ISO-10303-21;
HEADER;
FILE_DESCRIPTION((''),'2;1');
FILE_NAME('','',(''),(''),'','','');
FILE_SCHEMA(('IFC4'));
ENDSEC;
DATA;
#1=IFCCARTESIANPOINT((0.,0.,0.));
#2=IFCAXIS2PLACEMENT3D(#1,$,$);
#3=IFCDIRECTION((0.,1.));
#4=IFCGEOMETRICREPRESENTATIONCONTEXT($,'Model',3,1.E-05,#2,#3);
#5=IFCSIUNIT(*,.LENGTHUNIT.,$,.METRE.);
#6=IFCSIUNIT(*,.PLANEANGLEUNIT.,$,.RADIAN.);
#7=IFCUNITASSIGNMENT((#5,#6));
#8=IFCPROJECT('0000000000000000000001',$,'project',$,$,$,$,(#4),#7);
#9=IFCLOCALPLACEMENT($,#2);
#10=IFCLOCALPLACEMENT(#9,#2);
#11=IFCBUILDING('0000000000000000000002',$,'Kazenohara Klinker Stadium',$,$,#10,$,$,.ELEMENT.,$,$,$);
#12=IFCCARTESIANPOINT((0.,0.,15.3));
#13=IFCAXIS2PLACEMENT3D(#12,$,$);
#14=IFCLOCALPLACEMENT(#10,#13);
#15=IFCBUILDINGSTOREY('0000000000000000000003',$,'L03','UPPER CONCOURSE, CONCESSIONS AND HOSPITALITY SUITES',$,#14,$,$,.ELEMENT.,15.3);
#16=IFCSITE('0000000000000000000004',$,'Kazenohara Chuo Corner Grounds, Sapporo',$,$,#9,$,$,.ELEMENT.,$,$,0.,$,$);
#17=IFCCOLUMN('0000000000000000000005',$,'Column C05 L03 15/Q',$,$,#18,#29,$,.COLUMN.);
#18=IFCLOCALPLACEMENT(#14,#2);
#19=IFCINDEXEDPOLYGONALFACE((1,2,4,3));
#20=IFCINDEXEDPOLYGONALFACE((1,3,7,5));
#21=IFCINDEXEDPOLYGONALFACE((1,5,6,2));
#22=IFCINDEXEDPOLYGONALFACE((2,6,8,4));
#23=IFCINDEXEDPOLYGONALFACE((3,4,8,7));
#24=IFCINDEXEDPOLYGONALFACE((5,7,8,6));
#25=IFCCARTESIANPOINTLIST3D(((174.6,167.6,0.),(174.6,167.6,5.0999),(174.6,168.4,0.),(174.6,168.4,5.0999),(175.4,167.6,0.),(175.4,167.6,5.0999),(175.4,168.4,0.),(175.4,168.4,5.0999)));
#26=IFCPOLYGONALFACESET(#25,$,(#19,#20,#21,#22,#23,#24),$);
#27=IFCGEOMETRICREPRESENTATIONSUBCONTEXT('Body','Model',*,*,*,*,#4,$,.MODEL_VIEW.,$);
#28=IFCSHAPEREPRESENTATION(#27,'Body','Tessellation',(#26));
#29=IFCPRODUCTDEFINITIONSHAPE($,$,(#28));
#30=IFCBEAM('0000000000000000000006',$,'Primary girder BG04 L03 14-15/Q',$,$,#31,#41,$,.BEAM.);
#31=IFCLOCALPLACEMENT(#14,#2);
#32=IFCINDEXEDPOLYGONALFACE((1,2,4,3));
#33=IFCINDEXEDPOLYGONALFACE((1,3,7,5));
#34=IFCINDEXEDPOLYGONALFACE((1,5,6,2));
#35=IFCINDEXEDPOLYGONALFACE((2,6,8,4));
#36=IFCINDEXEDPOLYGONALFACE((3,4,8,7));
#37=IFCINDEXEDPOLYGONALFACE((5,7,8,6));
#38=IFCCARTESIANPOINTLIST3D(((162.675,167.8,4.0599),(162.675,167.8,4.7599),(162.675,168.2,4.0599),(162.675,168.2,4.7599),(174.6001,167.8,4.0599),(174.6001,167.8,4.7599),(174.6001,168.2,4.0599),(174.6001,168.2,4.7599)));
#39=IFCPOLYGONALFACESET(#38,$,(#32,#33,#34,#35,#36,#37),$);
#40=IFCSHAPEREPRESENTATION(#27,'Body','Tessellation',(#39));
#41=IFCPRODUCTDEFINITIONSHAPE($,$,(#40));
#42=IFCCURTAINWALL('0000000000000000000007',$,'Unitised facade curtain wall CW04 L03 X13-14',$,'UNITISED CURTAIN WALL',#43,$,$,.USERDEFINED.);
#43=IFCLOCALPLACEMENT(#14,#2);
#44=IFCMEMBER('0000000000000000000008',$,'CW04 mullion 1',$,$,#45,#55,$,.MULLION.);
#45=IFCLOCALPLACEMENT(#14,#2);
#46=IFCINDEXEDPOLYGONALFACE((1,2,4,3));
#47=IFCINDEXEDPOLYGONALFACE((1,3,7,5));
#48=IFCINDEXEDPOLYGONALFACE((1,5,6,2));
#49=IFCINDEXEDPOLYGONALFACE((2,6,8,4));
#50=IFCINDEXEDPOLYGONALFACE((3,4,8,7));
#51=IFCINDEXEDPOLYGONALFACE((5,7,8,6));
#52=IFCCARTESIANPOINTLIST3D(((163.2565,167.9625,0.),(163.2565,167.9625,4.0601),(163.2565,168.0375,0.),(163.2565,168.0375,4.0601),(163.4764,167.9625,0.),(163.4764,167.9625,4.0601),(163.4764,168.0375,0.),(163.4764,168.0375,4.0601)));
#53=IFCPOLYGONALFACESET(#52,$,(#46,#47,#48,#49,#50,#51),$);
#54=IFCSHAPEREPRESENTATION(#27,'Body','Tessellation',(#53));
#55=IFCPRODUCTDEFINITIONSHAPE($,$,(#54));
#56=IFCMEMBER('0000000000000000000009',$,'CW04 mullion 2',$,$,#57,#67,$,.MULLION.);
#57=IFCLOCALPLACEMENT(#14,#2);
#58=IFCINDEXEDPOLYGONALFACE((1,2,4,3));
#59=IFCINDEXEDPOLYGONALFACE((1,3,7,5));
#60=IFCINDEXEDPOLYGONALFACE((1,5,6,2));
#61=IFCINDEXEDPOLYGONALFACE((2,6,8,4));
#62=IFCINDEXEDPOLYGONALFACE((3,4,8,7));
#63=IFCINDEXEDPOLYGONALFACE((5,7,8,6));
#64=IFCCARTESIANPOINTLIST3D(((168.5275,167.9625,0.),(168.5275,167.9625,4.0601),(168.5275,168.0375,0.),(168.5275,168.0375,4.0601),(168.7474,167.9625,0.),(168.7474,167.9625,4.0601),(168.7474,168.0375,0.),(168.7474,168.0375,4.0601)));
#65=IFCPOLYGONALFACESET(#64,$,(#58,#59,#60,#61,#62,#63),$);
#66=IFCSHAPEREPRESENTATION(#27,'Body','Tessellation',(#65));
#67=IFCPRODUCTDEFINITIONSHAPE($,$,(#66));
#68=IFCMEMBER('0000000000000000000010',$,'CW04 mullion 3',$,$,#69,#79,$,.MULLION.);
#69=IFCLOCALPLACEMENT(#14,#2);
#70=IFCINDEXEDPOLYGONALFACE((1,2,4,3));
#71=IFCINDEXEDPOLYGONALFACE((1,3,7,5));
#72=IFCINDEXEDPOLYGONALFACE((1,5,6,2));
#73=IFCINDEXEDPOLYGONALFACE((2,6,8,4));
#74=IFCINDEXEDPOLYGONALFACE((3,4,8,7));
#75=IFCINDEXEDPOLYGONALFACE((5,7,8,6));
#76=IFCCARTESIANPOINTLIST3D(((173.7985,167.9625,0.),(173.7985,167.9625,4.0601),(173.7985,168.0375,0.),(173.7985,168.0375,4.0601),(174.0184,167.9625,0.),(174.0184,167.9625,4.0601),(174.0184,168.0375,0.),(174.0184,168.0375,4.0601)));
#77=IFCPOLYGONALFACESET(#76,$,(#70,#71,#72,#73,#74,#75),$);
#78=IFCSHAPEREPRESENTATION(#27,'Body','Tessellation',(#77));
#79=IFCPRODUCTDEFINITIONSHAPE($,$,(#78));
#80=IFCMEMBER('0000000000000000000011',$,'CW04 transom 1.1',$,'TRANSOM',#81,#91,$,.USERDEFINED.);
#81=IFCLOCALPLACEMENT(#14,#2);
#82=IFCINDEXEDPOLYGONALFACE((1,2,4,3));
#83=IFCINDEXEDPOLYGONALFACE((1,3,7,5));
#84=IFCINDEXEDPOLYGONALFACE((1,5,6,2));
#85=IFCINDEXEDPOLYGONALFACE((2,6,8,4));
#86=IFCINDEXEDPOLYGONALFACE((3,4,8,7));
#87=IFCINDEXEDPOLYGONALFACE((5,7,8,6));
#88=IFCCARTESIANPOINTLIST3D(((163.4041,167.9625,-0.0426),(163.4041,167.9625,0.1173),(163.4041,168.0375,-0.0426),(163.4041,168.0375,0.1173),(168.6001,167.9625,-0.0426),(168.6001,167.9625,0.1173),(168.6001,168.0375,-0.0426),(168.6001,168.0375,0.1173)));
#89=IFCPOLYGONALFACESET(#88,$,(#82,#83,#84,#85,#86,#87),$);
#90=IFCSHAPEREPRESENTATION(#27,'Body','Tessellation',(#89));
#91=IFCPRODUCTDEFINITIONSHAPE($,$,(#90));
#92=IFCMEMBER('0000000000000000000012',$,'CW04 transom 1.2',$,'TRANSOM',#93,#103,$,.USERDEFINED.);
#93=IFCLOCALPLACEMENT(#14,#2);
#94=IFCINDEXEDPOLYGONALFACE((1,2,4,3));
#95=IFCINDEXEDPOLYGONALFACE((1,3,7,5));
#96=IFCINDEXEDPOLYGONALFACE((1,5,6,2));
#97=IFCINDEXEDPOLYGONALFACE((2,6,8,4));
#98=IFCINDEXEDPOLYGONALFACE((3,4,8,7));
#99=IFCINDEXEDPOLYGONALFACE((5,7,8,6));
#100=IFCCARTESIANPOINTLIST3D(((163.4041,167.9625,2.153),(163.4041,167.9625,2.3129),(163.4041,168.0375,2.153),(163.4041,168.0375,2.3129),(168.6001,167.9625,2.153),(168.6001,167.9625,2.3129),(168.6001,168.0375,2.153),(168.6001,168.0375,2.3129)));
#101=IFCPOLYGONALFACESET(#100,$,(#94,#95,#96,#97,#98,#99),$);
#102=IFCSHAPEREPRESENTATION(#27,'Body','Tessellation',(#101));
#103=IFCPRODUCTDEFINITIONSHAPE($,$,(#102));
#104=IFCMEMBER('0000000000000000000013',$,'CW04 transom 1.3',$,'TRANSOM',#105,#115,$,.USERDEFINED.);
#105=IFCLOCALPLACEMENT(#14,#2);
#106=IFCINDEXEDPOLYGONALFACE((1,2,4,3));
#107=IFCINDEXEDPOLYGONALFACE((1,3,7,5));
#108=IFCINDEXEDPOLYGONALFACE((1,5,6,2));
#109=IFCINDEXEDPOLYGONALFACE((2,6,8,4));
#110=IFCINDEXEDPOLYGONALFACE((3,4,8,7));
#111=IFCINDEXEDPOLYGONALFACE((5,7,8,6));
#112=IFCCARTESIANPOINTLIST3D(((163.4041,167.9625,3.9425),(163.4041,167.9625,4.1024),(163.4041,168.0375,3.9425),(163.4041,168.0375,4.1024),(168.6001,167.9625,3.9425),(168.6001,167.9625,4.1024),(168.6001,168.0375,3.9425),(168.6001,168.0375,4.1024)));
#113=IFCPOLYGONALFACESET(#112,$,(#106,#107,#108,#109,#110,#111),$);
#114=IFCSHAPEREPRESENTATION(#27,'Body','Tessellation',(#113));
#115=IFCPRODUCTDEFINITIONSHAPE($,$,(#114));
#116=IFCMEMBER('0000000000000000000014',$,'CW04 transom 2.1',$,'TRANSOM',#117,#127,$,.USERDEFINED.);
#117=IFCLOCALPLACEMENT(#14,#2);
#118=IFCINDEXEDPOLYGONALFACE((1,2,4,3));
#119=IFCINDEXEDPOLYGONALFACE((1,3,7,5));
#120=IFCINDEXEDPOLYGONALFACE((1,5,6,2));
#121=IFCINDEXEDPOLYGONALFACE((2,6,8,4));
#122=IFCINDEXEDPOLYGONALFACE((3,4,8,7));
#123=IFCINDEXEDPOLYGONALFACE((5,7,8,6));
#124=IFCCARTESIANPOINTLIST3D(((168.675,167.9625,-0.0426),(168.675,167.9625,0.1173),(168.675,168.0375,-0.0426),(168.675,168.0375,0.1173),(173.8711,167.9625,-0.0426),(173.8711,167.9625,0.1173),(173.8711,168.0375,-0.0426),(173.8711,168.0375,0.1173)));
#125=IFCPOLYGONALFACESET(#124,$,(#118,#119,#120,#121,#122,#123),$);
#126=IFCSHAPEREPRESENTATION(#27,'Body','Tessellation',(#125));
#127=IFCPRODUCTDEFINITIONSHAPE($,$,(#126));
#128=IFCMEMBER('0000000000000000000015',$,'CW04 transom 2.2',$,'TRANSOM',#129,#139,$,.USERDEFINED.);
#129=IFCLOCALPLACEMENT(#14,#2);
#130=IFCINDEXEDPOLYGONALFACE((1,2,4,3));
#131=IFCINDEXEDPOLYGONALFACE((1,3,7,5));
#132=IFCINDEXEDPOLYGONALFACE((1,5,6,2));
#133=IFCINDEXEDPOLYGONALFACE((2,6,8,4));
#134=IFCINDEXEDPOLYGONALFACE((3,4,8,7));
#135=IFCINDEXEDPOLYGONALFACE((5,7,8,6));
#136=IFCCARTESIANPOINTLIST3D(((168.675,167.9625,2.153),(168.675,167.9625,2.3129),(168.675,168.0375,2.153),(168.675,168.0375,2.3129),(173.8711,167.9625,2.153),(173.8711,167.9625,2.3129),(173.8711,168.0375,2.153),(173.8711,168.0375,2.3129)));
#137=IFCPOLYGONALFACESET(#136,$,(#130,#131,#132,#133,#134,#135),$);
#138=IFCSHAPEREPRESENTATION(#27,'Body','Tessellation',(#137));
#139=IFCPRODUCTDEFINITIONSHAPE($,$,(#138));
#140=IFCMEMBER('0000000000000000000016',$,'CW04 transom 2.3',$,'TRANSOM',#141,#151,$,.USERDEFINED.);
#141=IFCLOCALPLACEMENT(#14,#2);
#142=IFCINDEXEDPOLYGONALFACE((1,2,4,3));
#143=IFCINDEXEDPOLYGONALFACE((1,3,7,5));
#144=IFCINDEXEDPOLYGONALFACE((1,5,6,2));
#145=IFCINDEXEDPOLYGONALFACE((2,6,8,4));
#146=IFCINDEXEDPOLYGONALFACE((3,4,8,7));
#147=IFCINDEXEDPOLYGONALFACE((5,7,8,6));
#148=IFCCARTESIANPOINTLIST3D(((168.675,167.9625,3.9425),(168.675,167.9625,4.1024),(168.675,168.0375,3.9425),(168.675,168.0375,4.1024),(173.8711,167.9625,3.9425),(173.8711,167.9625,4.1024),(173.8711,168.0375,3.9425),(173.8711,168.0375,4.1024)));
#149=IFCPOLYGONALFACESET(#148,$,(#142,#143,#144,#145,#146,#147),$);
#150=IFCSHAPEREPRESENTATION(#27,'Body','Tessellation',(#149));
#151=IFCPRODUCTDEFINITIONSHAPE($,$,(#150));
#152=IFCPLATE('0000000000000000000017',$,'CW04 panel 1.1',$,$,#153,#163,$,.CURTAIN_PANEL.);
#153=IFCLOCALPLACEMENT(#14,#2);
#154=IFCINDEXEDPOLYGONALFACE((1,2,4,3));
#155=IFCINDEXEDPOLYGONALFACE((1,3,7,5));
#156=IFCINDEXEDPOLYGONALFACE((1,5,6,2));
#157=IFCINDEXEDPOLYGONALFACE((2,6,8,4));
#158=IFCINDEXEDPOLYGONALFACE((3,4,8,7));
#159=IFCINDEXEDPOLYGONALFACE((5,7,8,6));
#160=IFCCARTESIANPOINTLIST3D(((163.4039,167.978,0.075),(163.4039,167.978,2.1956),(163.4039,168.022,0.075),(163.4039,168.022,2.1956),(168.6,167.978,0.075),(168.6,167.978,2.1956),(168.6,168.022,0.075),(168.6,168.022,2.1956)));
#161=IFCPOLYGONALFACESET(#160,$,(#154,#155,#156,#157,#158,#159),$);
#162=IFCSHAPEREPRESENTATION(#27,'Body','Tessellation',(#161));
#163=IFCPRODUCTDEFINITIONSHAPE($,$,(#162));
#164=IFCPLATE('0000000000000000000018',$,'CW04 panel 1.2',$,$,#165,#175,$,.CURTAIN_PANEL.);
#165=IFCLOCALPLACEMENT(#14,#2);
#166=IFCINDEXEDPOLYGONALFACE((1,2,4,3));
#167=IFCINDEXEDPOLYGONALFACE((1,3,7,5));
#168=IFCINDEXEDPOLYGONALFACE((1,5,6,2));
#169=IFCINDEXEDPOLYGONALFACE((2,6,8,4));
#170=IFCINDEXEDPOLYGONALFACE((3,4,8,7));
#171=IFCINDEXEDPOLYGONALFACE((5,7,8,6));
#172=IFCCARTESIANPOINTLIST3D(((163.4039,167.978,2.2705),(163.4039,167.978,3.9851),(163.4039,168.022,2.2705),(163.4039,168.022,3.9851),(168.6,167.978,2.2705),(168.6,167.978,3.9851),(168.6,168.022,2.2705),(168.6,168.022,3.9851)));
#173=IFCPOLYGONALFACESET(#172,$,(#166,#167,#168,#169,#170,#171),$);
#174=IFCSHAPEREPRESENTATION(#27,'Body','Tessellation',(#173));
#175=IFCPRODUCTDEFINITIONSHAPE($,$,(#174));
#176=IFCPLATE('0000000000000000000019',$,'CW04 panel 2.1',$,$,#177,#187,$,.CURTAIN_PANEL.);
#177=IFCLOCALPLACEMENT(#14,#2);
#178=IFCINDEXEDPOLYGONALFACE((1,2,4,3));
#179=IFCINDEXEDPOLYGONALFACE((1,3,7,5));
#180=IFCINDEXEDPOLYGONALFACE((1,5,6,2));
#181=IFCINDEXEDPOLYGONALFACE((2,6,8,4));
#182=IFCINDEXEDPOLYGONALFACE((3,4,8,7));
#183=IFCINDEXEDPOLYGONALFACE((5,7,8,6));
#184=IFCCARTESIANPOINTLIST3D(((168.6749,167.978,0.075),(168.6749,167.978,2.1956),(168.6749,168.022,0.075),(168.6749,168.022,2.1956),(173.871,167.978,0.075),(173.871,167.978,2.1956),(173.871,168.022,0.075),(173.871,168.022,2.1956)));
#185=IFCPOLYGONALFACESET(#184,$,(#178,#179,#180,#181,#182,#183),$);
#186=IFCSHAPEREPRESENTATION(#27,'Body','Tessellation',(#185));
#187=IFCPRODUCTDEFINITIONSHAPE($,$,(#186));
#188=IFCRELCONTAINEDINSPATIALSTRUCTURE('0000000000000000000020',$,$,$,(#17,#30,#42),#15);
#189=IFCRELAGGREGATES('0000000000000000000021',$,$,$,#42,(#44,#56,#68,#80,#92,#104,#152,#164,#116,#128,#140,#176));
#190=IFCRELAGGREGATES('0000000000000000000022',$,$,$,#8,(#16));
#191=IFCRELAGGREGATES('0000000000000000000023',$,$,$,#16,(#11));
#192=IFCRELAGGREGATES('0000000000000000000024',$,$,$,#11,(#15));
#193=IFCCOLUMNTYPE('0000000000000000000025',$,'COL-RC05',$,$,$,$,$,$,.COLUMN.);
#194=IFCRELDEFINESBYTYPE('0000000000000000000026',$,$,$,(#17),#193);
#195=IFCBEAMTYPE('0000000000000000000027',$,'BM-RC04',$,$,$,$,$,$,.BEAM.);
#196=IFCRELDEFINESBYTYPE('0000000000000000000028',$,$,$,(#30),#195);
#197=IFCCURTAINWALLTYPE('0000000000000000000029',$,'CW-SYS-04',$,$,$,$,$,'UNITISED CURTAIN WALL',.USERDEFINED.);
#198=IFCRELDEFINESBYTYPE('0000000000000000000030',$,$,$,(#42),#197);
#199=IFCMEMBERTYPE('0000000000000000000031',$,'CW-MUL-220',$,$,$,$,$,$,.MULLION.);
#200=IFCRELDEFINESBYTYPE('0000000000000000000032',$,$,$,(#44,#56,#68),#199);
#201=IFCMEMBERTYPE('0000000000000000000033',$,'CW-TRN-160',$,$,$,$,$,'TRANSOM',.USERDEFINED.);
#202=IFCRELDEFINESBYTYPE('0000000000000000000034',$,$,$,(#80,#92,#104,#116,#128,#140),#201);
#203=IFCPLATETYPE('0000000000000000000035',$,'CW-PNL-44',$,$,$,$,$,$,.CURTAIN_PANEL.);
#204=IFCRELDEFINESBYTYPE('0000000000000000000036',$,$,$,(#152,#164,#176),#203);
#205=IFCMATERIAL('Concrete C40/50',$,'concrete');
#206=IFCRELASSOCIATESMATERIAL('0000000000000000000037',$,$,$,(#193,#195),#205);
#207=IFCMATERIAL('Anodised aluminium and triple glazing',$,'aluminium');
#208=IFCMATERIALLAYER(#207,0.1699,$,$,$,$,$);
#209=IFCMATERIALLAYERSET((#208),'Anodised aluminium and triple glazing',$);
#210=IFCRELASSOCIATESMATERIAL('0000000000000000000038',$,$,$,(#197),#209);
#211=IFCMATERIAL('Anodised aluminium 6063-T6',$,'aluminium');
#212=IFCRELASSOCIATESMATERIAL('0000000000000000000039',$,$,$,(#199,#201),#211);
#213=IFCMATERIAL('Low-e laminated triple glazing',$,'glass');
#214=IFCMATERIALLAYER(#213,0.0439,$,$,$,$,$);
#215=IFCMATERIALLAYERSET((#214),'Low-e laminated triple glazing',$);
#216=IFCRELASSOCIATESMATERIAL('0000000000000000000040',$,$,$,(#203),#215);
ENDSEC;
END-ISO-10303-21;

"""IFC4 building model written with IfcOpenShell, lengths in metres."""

from ifc_helpers import new_model, si_unit, direction, frame, origin, origin_2d, place, context, subcontext, project, spatial, rectangle, extrude, material, layer, layer_set, material_profile, profile_set, type_object, element, aggregate, save


model = new_model("IFC4")

# Units and contexts
model_context = context("Model", 3, precision=1e-05, world=origin(), true_north=direction((0.0, 1.0)))
body_context = subcontext(model_context, "Body", "Model", "MODEL_VIEW")
ifc_project = project(units=[si_unit("LENGTHUNIT", "METRE"), si_unit("PLANEANGLEUNIT", "RADIAN")], contexts=[model_context])

# Site, building, storey
site_placement = place(None, origin())
site = spatial("IfcSite", under=ifc_project, at=site_placement, Name="Kazenohara Chuo Corner Grounds, Sapporo", CompositionType="ELEMENT", RefElevation=0.0)
building_placement = place(site_placement, origin())
building = spatial("IfcBuilding", under=site, at=building_placement, Name="Kazenohara Klinker Stadium", CompositionType="ELEMENT")
storey_placement = place(building_placement, frame((0.0, 0.0, 15.3)))
storey = spatial("IfcBuildingStorey", under=building, at=storey_placement, Name="L03", Description="UPPER CONCOURSE, CONCESSIONS AND HOSPITALITY SUITES", CompositionType="ELEMENT", Elevation=15.3)

# Column
ifc_material_1 = material(Name="Concrete C40/50", Category="concrete")
ifc_material_profile_1 = material_profile(ifc_material_1, rectangle(XDim=0.8, YDim=0.8, at=origin_2d()), Name="RC-COL-800x800")
ifc_profile_set_1 = profile_set([ifc_material_profile_1], Name="Concrete C40/50")
column_type = type_object("IfcColumnType", Name="COL-RC05", PredefinedType="COLUMN", material=ifc_profile_set_1)
column_placement = place(storey_placement, frame((175.0, 168.0, 0.0), z_axis=(0.0, 0.0, 1.0), x_axis=(1.0, 0.0, 0.0)))
element("IfcColumn", 1, at=column_placement, inside=storey, type_object=column_type, Name="Column C05 L03 15/Q", PredefinedType="COLUMN", context=body_context, shape_type="SweptSolid", body=[
    extrude(rectangle(XDim=0.8, YDim=0.8, at=origin_2d()), origin(), (0.0, 0.0, 1.0), 5.0999),
])

# Beam
ifc_material_profile_2 = material_profile(ifc_material_1, rectangle(XDim=0.3999, YDim=0.7, at=origin_2d()), Name="RC-BM-400x700")
ifc_profile_set_2 = profile_set([ifc_material_profile_2], Name="Concrete C40/50")
beam_type = type_object("IfcBeamType", Name="BM-RC04", PredefinedType="BEAM", material=ifc_profile_set_2)
beam_placement = place(storey_placement, frame((162.675, 168.0, 4.4099), z_axis=(1.0, 0.0, 0.0), x_axis=(0.0, 1.0, 0.0)))
element("IfcBeam", 2, at=beam_placement, inside=storey, type_object=beam_type, Name="Primary girder BG04 L03 14-15/Q", PredefinedType="BEAM", context=body_context, shape_type="SweptSolid", body=[
    extrude(rectangle(XDim=0.3999, YDim=0.7, at=origin_2d()), origin(), (0.0, 0.0, 1.0), 11.925),
])

# Curtain wall, members, plates
ifc_material_2 = material(Name="Anodised aluminium and triple glazing", Category="aluminium")
ifc_layer_1 = layer(ifc_material_2, 0.1699)
ifc_layer_set_1 = layer_set([ifc_layer_1], Name="Anodised aluminium and triple glazing")
curtain_wall_type = type_object("IfcCurtainWallType", Name="CW-SYS-04", ElementType="UNITISED CURTAIN WALL", PredefinedType="USERDEFINED", material=ifc_layer_set_1)
curtain_wall_placement = place(storey_placement, origin())
curtain_wall = element("IfcCurtainWall", 3, at=curtain_wall_placement, inside=storey, type_object=curtain_wall_type, Name="Unitised facade curtain wall CW04 L03 X13-14", ObjectType="UNITISED CURTAIN WALL", PredefinedType="USERDEFINED")
ifc_material_3 = material(Name="Anodised aluminium 6063-T6", Category="aluminium")
ifc_material_profile_3 = material_profile(ifc_material_3, rectangle(XDim=0.075, YDim=0.22, at=origin_2d()), Name="ALU-MUL-75x220")
ifc_profile_set_3 = profile_set([ifc_material_profile_3], Name="Anodised aluminium 6063-T6")
member_type_1 = type_object("IfcMemberType", Name="CW-MUL-220", PredefinedType="MULLION", material=ifc_profile_set_3)
member_1_placement = place(storey_placement, frame((163.3665, 168.0, 0.0), z_axis=(0.0, 0.0, 1.0), x_axis=(0.0, 1.0, 0.0)))
member_1 = element("IfcMember", 4, at=member_1_placement, type_object=member_type_1, Name="CW04 mullion 1", PredefinedType="MULLION", context=body_context, shape_type="SweptSolid", body=[
    extrude(rectangle(XDim=0.075, YDim=0.22, at=origin_2d()), origin(), (0.0, 0.0, 1.0), 4.0601),
])
member_2_placement = place(storey_placement, frame((168.6375, 168.0, 0.0), z_axis=(0.0, 0.0, 1.0), x_axis=(0.0, 1.0, 0.0)))
member_2 = element("IfcMember", 5, at=member_2_placement, type_object=member_type_1, Name="CW04 mullion 2", PredefinedType="MULLION", context=body_context, shape_type="SweptSolid", body=[
    extrude(rectangle(XDim=0.075, YDim=0.22, at=origin_2d()), origin(), (0.0, 0.0, 1.0), 4.0601),
])
member_3_placement = place(storey_placement, frame((173.9084, 168.0, 0.0), z_axis=(0.0, 0.0, 1.0), x_axis=(0.0, 1.0, 0.0)))
member_3 = element("IfcMember", 6, at=member_3_placement, type_object=member_type_1, Name="CW04 mullion 3", PredefinedType="MULLION", context=body_context, shape_type="SweptSolid", body=[
    extrude(rectangle(XDim=0.075, YDim=0.22, at=origin_2d()), origin(), (0.0, 0.0, 1.0), 4.0601),
])
ifc_material_profile_4 = material_profile(ifc_material_3, rectangle(XDim=0.075, YDim=0.1599, at=origin_2d()), Name="ALU-TRN-75x160")
ifc_profile_set_4 = profile_set([ifc_material_profile_4], Name="Anodised aluminium 6063-T6")
member_type_2 = type_object("IfcMemberType", Name="CW-TRN-160", ElementType="TRANSOM", PredefinedType="USERDEFINED", material=ifc_profile_set_4)
member_4_placement = place(storey_placement, frame((163.4041, 168.0, 0.0374), z_axis=(1.0, 0.0, 0.0), x_axis=(0.0, 1.0, 0.0)))
member_4 = element("IfcMember", 7, at=member_4_placement, type_object=member_type_2, Name="CW04 transom 1.1", ObjectType="TRANSOM", PredefinedType="USERDEFINED", context=body_context, shape_type="SweptSolid", body=[
    extrude(rectangle(XDim=0.075, YDim=0.1599, at=origin_2d()), origin(), (0.0, 0.0, 1.0), 5.196),
])
member_5_placement = place(storey_placement, frame((163.4041, 168.0, 2.2329), z_axis=(1.0, 0.0, 0.0), x_axis=(0.0, 1.0, 0.0)))
member_5 = element("IfcMember", 8, at=member_5_placement, type_object=member_type_2, Name="CW04 transom 1.2", ObjectType="TRANSOM", PredefinedType="USERDEFINED", context=body_context, shape_type="SweptSolid", body=[
    extrude(rectangle(XDim=0.075, YDim=0.1599, at=origin_2d()), origin(), (0.0, 0.0, 1.0), 5.196),
])
member_6_placement = place(storey_placement, frame((163.4041, 168.0, 4.0225), z_axis=(1.0, 0.0, 0.0), x_axis=(0.0, 1.0, 0.0)))
member_6 = element("IfcMember", 9, at=member_6_placement, type_object=member_type_2, Name="CW04 transom 1.3", ObjectType="TRANSOM", PredefinedType="USERDEFINED", context=body_context, shape_type="SweptSolid", body=[
    extrude(rectangle(XDim=0.075, YDim=0.1599, at=origin_2d()), origin(), (0.0, 0.0, 1.0), 5.196),
])
member_7_placement = place(storey_placement, frame((168.675, 168.0, 0.0374), z_axis=(1.0, 0.0, 0.0), x_axis=(0.0, 1.0, 0.0)))
member_7 = element("IfcMember", 10, at=member_7_placement, type_object=member_type_2, Name="CW04 transom 2.1", ObjectType="TRANSOM", PredefinedType="USERDEFINED", context=body_context, shape_type="SweptSolid", body=[
    extrude(rectangle(XDim=0.075, YDim=0.1599, at=origin_2d()), origin(), (0.0, 0.0, 1.0), 5.196),
])
member_8_placement = place(storey_placement, frame((168.675, 168.0, 2.2329), z_axis=(1.0, 0.0, 0.0), x_axis=(0.0, 1.0, 0.0)))
member_8 = element("IfcMember", 11, at=member_8_placement, type_object=member_type_2, Name="CW04 transom 2.2", ObjectType="TRANSOM", PredefinedType="USERDEFINED", context=body_context, shape_type="SweptSolid", body=[
    extrude(rectangle(XDim=0.075, YDim=0.1599, at=origin_2d()), origin(), (0.0, 0.0, 1.0), 5.196),
])
member_9_placement = place(storey_placement, frame((168.675, 168.0, 4.0225), z_axis=(1.0, 0.0, 0.0), x_axis=(0.0, 1.0, 0.0)))
member_9 = element("IfcMember", 12, at=member_9_placement, type_object=member_type_2, Name="CW04 transom 2.3", ObjectType="TRANSOM", PredefinedType="USERDEFINED", context=body_context, shape_type="SweptSolid", body=[
    extrude(rectangle(XDim=0.075, YDim=0.1599, at=origin_2d()), origin(), (0.0, 0.0, 1.0), 5.196),
])
ifc_material_4 = material(Name="Low-e laminated triple glazing", Category="glass")
ifc_layer_2 = layer(ifc_material_4, 0.0439)
ifc_layer_set_2 = layer_set([ifc_layer_2], Name="Low-e laminated triple glazing")
plate_type_1 = type_object("IfcPlateType", Name="CW-PNL-44", PredefinedType="CURTAIN_PANEL", material=ifc_layer_set_2)
plate_1_placement = place(storey_placement, frame((166.002, 168.0, 0.075), z_axis=(0.0, 0.0, 1.0), x_axis=(1.0, 0.0, 0.0)))
plate_1 = element("IfcPlate", 13, at=plate_1_placement, type_object=plate_type_1, Name="CW04 panel 1.1", PredefinedType="CURTAIN_PANEL", context=body_context, shape_type="SweptSolid", body=[
    extrude(rectangle(XDim=5.196, YDim=0.0439, at=origin_2d()), origin(), (0.0, 0.0, 1.0), 2.1206),
])
plate_2_placement = place(storey_placement, frame((166.002, 168.0, 2.2705), z_axis=(0.0, 0.0, 1.0), x_axis=(1.0, 0.0, 0.0)))
plate_2 = element("IfcPlate", 14, at=plate_2_placement, type_object=plate_type_1, Name="CW04 panel 1.2", PredefinedType="CURTAIN_PANEL", context=body_context, shape_type="SweptSolid", body=[
    extrude(rectangle(XDim=5.196, YDim=0.0439, at=origin_2d()), origin(), (0.0, 0.0, 1.0), 1.7146),
])
plate_3_placement = place(storey_placement, frame((171.2729, 168.0, 0.075), z_axis=(0.0, 0.0, 1.0), x_axis=(1.0, 0.0, 0.0)))
plate_3 = element("IfcPlate", 15, at=plate_3_placement, type_object=plate_type_1, Name="CW04 panel 2.1", PredefinedType="CURTAIN_PANEL", context=body_context, shape_type="SweptSolid", body=[
    extrude(rectangle(XDim=5.196, YDim=0.0439, at=origin_2d()), origin(), (0.0, 0.0, 1.0), 2.1206),
])
aggregate(curtain_wall, [member_1, member_2, member_3, member_4, member_5, member_6, plate_1, plate_2, member_7, member_8, member_9, plate_3])

save(model, "model.ifc")
